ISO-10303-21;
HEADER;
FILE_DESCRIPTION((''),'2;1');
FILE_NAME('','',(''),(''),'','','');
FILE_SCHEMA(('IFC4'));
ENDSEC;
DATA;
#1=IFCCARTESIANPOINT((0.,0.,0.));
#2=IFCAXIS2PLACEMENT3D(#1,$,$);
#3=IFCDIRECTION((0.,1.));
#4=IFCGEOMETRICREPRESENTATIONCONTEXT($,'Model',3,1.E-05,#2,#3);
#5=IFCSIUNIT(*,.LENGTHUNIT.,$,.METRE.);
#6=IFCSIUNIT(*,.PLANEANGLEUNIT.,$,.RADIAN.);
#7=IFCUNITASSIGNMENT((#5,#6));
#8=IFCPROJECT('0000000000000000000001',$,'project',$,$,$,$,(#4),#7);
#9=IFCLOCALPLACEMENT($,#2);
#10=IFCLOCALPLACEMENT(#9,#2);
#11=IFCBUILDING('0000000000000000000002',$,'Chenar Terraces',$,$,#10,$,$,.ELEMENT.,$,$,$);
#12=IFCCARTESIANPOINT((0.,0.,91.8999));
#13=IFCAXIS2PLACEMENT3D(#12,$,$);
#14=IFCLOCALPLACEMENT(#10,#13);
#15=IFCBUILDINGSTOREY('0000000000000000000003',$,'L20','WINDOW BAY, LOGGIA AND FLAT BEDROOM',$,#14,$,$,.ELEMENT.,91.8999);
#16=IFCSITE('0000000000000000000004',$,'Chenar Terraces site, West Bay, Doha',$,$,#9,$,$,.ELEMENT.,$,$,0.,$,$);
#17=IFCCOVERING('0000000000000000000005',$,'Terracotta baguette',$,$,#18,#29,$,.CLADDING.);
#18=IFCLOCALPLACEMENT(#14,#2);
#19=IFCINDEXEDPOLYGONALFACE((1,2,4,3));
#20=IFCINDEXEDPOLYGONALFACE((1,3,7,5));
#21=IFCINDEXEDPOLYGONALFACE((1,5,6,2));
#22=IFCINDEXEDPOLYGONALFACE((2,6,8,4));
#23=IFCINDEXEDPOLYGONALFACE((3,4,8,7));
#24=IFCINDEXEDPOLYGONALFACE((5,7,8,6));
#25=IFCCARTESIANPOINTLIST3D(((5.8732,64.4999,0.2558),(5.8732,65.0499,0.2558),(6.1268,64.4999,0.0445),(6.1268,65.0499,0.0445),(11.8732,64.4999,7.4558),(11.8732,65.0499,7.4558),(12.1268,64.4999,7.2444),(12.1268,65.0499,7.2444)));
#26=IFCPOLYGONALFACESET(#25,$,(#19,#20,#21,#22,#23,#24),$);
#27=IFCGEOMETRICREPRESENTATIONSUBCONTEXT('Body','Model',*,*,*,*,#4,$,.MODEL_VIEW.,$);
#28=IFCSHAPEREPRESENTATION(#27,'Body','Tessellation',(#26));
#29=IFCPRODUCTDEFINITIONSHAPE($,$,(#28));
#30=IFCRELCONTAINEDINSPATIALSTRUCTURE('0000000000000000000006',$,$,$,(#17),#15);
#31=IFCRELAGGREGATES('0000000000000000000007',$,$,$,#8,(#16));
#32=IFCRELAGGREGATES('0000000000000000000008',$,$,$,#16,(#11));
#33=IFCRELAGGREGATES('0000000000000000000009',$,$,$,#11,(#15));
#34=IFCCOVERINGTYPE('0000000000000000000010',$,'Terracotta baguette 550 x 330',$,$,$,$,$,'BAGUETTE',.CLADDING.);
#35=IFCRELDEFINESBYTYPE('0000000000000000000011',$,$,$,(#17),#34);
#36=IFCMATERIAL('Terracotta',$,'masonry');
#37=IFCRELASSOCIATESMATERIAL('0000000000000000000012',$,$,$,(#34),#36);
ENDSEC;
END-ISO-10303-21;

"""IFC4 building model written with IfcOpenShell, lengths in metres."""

from ifc_helpers import new_model, si_unit, direction, frame, origin, origin_2d, place, context, subcontext, project, spatial, rectangle, extrude, material, material_profile, profile_set, type_object, element, save


model = new_model("IFC4")

# Units and contexts
model_context = context("Model", 3, precision=1e-05, world=origin(), true_north=direction((0.0, 1.0)))
body_context = subcontext(model_context, "Body", "Model", "MODEL_VIEW")
ifc_project = project(units=[si_unit("LENGTHUNIT", "METRE"), si_unit("PLANEANGLEUNIT", "RADIAN")], contexts=[model_context])

# Site, building, storey
site_placement = place(None, origin())
site = spatial("IfcSite", under=ifc_project, at=site_placement, Name="Chenar Terraces site, West Bay, Doha", CompositionType="ELEMENT", RefElevation=0.0)
building_placement = place(site_placement, origin())
building = spatial("IfcBuilding", under=site, at=building_placement, Name="Chenar Terraces", CompositionType="ELEMENT")
storey_placement = place(building_placement, frame((0.0, 0.0, 91.8999)))
storey = spatial("IfcBuildingStorey", under=building, at=storey_placement, Name="L20", Description="WINDOW BAY, LOGGIA AND FLAT BEDROOM", CompositionType="ELEMENT", Elevation=91.8999)

# Covering
ifc_material_1 = material(Name="Terracotta", Category="masonry")
ifc_material_profile_1 = material_profile(ifc_material_1, rectangle(XDim=0.55, YDim=0.3301, at=origin_2d()), Name="Terracotta baguette 550 x 330")
ifc_profile_set_1 = profile_set([ifc_material_profile_1], Name="Terracotta")
covering_type = type_object("IfcCoveringType", Name="Terracotta baguette 550 x 330", ElementType="BAGUETTE", PredefinedType="CLADDING", material=ifc_profile_set_1)
for number, where, z_axis, x_axis, name in (
    (1, (12.0, 64.7749, 7.3501), (-0.640187, 0.0, -0.768219), (0.0, -1.0, 0.0), "Terracotta baguette"),
):
    element("IfcCovering", number, at=place(storey_placement, frame(where, z_axis=z_axis, x_axis=x_axis)), inside=storey, type_object=covering_type, Name=name, PredefinedType="CLADDING", context=body_context, shape_type="SweptSolid", body=[
        extrude(rectangle(XDim=0.55, YDim=0.3301, at=origin_2d()), origin(), (0.0, 0.0, 1.0), 9.3723),
    ])

save(model, "model.ifc")
